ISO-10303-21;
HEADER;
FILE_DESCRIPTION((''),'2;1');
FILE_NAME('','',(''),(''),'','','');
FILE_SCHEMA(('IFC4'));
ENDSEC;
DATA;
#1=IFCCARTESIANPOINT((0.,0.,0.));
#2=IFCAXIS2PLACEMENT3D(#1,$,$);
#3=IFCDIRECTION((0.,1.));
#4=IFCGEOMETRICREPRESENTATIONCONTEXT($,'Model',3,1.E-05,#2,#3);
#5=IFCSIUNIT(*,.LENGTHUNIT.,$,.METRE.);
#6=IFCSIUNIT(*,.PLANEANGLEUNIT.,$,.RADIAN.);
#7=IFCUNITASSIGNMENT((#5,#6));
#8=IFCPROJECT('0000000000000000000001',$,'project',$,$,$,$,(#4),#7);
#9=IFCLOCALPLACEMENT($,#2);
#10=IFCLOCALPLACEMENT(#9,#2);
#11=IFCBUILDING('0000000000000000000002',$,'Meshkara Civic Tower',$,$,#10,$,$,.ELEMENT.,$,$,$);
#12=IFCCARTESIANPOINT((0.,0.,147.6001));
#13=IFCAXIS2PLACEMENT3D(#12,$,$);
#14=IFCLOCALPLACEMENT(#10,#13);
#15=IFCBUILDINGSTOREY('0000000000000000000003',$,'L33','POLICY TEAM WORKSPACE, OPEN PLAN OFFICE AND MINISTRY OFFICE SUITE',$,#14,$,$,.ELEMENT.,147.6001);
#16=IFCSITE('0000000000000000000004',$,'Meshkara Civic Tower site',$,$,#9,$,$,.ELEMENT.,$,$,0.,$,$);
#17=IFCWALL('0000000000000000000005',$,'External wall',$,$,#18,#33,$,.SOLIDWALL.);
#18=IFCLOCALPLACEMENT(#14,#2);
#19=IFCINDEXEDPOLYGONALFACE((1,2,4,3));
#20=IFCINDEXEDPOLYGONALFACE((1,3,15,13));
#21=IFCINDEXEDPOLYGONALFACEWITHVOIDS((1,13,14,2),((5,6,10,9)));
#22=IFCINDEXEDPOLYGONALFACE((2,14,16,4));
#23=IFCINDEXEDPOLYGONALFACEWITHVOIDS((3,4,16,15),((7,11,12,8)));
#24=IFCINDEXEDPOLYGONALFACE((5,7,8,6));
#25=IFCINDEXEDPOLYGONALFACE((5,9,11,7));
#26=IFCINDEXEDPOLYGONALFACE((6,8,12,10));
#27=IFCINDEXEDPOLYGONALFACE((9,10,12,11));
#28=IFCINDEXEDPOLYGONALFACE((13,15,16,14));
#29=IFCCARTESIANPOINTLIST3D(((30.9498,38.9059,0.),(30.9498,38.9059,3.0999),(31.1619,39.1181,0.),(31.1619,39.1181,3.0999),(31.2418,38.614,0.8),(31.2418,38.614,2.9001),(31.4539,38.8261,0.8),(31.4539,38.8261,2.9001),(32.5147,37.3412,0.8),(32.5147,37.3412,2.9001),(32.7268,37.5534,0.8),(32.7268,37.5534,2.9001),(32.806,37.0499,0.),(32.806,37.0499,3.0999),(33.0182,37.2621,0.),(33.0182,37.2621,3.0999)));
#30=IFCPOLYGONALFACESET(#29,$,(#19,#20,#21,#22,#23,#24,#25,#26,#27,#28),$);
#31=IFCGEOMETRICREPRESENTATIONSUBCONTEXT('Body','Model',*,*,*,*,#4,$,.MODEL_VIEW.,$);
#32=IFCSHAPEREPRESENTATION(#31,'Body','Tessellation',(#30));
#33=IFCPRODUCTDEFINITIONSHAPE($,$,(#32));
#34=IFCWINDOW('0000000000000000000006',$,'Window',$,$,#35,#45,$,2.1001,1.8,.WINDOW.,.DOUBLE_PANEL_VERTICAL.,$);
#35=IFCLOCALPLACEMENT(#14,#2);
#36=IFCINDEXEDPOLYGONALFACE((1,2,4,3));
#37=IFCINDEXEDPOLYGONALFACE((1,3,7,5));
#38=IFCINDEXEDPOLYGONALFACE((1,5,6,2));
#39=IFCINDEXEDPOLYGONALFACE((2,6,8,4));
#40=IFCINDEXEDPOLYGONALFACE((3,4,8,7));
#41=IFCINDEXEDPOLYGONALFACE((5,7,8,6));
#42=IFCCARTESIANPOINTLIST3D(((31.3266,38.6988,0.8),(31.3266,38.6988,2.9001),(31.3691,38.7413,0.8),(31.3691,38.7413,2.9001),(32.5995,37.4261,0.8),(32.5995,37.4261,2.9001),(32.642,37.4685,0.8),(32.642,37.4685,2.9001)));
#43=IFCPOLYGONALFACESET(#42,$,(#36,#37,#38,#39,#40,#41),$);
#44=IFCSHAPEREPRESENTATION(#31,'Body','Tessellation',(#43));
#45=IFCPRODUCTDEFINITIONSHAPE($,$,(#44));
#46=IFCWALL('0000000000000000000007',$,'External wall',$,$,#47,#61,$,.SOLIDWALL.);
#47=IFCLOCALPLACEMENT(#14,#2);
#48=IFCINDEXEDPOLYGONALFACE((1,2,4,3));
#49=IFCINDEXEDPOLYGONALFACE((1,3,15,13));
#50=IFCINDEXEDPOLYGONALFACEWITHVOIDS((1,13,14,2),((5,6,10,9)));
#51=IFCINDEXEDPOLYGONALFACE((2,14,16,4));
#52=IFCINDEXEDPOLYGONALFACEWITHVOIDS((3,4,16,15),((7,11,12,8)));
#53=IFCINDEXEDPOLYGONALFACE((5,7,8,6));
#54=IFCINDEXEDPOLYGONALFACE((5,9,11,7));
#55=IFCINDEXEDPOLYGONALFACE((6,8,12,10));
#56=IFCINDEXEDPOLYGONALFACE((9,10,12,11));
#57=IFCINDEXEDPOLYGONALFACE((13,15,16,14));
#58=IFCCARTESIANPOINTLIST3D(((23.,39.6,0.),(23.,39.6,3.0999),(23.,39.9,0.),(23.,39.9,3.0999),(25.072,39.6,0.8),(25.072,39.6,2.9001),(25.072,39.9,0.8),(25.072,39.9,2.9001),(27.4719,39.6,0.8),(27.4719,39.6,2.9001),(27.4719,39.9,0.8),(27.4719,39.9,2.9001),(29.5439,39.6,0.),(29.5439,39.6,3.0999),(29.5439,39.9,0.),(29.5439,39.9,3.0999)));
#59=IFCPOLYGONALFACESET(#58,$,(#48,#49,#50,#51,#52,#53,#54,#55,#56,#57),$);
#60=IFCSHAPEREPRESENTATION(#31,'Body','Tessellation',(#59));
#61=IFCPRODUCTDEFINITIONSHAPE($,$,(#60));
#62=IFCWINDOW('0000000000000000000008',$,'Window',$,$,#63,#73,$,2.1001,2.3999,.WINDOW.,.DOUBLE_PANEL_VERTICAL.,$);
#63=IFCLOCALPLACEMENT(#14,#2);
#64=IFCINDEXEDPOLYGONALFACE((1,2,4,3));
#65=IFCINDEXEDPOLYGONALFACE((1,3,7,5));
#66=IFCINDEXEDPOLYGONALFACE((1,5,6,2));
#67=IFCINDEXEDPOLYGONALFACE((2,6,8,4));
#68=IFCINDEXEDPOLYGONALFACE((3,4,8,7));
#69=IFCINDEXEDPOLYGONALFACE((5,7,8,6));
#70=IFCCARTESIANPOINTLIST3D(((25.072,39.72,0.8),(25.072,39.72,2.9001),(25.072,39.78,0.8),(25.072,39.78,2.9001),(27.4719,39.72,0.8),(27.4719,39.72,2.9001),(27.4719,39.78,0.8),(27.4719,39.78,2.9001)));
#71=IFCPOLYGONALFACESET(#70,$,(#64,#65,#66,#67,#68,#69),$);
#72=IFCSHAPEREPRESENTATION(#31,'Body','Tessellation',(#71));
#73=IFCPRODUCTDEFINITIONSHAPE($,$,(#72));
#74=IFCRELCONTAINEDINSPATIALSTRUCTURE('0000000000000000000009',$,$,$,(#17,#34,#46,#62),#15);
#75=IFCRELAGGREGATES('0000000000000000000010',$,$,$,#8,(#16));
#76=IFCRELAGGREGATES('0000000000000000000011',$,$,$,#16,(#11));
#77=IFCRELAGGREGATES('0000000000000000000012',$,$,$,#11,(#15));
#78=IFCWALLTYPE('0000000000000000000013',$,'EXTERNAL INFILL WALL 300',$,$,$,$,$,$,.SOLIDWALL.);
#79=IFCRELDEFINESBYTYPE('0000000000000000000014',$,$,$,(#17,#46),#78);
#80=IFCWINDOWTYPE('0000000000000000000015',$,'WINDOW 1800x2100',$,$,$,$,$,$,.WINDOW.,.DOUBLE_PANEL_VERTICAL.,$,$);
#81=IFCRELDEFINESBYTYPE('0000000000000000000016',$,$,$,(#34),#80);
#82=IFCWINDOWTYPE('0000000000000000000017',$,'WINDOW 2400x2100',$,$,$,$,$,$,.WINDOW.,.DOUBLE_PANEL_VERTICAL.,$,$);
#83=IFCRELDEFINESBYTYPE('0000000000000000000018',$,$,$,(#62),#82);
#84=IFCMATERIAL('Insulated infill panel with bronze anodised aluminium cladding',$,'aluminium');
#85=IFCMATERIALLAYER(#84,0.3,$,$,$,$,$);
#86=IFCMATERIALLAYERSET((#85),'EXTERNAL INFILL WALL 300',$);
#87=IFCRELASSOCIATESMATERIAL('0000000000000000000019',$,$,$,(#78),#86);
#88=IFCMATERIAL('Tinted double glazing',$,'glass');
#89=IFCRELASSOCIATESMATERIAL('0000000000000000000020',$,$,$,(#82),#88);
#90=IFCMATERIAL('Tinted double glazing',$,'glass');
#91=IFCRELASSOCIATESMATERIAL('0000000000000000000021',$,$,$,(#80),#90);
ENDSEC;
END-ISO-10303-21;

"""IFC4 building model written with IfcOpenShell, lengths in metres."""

from ifc_helpers import new_model, si_unit, direction, frame, frame_2d, origin, place, context, subcontext, project, spatial, rectangle, extrude, material, layer, layer_set, type_object, element, fill, save


model = new_model("IFC4")

# Units and contexts
model_context = context("Model", 3, precision=1e-05, world=origin(), true_north=direction((0.0, 1.0)))
body_context = subcontext(model_context, "Body", "Model", "MODEL_VIEW")
ifc_project = project(units=[si_unit("LENGTHUNIT", "METRE"), si_unit("PLANEANGLEUNIT", "RADIAN")], contexts=[model_context])

# Site, building, storey
site_placement = place(None, origin())
site = spatial("IfcSite", under=ifc_project, at=site_placement, Name="Meshkara Civic Tower site", CompositionType="ELEMENT", RefElevation=0.0)
building_placement = place(site_placement, origin())
building = spatial("IfcBuilding", under=site, at=building_placement, Name="Meshkara Civic Tower", CompositionType="ELEMENT")
storey_placement = place(building_placement, frame((0.0, 0.0, 147.6001)))
storey = spatial("IfcBuildingStorey", under=building, at=storey_placement, Name="L33", Description="POLICY TEAM WORKSPACE, OPEN PLAN OFFICE AND MINISTRY OFFICE SUITE", CompositionType="ELEMENT", Elevation=147.6001)

# Walls, openings, windows
ifc_material_1 = material(Name="Insulated infill panel with bronze anodised aluminium cladding", Category="aluminium")
ifc_layer_1 = layer(ifc_material_1, 0.3)
ifc_layer_set_1 = layer_set([ifc_layer_1], Name="EXTERNAL INFILL WALL 300")
wall_type_1 = type_object("IfcWallType", Name="EXTERNAL INFILL WALL 300", PredefinedType="SOLIDWALL", material=ifc_layer_set_1)
ifc_material_2 = material(Name="Tinted double glazing", Category="glass")
window_type_1 = type_object("IfcWindowType", Name="WINDOW 2400x2100", PartitioningType="DOUBLE_PANEL_VERTICAL", PredefinedType="WINDOW", material=ifc_material_2)
wall_1_placement = place(storey_placement, frame((32.9121, 37.156, 0.0), z_axis=(0.0, 0.0, 1.0), x_axis=(-0.707153, 0.70706, 0.0)))
wall_1 = element("IfcWall", 1, at=wall_1_placement, inside=storey, type_object=wall_type_1, Name="External wall", PredefinedType="SOLIDWALL", context=body_context, shape_type="SweptSolid", body=[
    extrude(rectangle(XDim=2.625, YDim=0.3, at=frame_2d((1.3125, 0.0))), origin(), (0.0, 0.0, 1.0), 3.0999),
])
opening_1_placement = place(wall_1_placement, frame((0.4121, 0.0, 0.8)))
opening_1 = element("IfcOpeningElement", 2, at=opening_1_placement, cuts=wall_1, PredefinedType="OPENING", context=body_context, shape_type="SweptSolid", body=[
    extrude(rectangle(XDim=1.8, YDim=2.1001, at=frame_2d((0.8999, 1.05))), frame((0.0, 0.1599, 0.0), z_axis=(0.0, -1.0, 0.0), x_axis=(1.0, 0.0, 0.0)), (0.0, 0.0, 1.0), 0.3201),
])
ifc_material_3 = material(Name="Tinted double glazing", Category="glass")
window_type_2 = type_object("IfcWindowType", Name="WINDOW 1800x2100", PartitioningType="DOUBLE_PANEL_VERTICAL", PredefinedType="WINDOW", material=ifc_material_3)
window_1_placement = place(opening_1_placement, origin())
window_1 = element("IfcWindow", 3, at=window_1_placement, inside=storey, type_object=window_type_2, Name="Window", OverallHeight=2.1001, OverallWidth=1.8, PartitioningType="DOUBLE_PANEL_VERTICAL", PredefinedType="WINDOW", context=body_context, shape_type="SweptSolid", body=[
    extrude(rectangle(XDim=1.8, YDim=2.1001, at=frame_2d((0.8999, 1.05))), frame((0.0, 0.03, 0.0), z_axis=(0.0, -1.0, 0.0), x_axis=(1.0, 0.0, 0.0)), (0.0, 0.0, 1.0), 0.0601),
])
fill(opening_1, window_1)
wall_2_placement = place(storey_placement, frame((29.5439, 39.75, 0.0), z_axis=(0.0, 0.0, 1.0), x_axis=(-1.0, 0.0, 0.0)))
wall_2 = element("IfcWall", 4, at=wall_2_placement, inside=storey, type_object=wall_type_1, Name="External wall", PredefinedType="SOLIDWALL", context=body_context, shape_type="SweptSolid", body=[
    extrude(rectangle(XDim=6.5439, YDim=0.3, at=frame_2d((3.272, 0.0))), origin(), (0.0, 0.0, 1.0), 3.0999),
])
opening_2_placement = place(wall_2_placement, frame((2.072, 0.0, 0.8)))
opening_2 = element("IfcOpeningElement", 5, at=opening_2_placement, cuts=wall_2, PredefinedType="OPENING", context=body_context, shape_type="SweptSolid", body=[
    extrude(rectangle(XDim=2.3999, YDim=2.1001, at=frame_2d((1.2, 1.05))), frame((0.0, 0.1599, 0.0), z_axis=(0.0, -1.0, 0.0), x_axis=(1.0, 0.0, 0.0)), (0.0, 0.0, 1.0), 0.3201),
])
window_2_placement = place(opening_2_placement, origin())
window_2 = element("IfcWindow", 6, at=window_2_placement, inside=storey, type_object=window_type_1, Name="Window", OverallHeight=2.1001, OverallWidth=2.3999, PartitioningType="DOUBLE_PANEL_VERTICAL", PredefinedType="WINDOW", context=body_context, shape_type="SweptSolid", body=[
    extrude(rectangle(XDim=2.3999, YDim=2.1001, at=frame_2d((1.2, 1.05))), frame((0.0, 0.03, 0.0), z_axis=(0.0, -1.0, 0.0), x_axis=(1.0, 0.0, 0.0)), (0.0, 0.0, 1.0), 0.0601),
])
fill(opening_2, window_2)

save(model, "model.ifc")
